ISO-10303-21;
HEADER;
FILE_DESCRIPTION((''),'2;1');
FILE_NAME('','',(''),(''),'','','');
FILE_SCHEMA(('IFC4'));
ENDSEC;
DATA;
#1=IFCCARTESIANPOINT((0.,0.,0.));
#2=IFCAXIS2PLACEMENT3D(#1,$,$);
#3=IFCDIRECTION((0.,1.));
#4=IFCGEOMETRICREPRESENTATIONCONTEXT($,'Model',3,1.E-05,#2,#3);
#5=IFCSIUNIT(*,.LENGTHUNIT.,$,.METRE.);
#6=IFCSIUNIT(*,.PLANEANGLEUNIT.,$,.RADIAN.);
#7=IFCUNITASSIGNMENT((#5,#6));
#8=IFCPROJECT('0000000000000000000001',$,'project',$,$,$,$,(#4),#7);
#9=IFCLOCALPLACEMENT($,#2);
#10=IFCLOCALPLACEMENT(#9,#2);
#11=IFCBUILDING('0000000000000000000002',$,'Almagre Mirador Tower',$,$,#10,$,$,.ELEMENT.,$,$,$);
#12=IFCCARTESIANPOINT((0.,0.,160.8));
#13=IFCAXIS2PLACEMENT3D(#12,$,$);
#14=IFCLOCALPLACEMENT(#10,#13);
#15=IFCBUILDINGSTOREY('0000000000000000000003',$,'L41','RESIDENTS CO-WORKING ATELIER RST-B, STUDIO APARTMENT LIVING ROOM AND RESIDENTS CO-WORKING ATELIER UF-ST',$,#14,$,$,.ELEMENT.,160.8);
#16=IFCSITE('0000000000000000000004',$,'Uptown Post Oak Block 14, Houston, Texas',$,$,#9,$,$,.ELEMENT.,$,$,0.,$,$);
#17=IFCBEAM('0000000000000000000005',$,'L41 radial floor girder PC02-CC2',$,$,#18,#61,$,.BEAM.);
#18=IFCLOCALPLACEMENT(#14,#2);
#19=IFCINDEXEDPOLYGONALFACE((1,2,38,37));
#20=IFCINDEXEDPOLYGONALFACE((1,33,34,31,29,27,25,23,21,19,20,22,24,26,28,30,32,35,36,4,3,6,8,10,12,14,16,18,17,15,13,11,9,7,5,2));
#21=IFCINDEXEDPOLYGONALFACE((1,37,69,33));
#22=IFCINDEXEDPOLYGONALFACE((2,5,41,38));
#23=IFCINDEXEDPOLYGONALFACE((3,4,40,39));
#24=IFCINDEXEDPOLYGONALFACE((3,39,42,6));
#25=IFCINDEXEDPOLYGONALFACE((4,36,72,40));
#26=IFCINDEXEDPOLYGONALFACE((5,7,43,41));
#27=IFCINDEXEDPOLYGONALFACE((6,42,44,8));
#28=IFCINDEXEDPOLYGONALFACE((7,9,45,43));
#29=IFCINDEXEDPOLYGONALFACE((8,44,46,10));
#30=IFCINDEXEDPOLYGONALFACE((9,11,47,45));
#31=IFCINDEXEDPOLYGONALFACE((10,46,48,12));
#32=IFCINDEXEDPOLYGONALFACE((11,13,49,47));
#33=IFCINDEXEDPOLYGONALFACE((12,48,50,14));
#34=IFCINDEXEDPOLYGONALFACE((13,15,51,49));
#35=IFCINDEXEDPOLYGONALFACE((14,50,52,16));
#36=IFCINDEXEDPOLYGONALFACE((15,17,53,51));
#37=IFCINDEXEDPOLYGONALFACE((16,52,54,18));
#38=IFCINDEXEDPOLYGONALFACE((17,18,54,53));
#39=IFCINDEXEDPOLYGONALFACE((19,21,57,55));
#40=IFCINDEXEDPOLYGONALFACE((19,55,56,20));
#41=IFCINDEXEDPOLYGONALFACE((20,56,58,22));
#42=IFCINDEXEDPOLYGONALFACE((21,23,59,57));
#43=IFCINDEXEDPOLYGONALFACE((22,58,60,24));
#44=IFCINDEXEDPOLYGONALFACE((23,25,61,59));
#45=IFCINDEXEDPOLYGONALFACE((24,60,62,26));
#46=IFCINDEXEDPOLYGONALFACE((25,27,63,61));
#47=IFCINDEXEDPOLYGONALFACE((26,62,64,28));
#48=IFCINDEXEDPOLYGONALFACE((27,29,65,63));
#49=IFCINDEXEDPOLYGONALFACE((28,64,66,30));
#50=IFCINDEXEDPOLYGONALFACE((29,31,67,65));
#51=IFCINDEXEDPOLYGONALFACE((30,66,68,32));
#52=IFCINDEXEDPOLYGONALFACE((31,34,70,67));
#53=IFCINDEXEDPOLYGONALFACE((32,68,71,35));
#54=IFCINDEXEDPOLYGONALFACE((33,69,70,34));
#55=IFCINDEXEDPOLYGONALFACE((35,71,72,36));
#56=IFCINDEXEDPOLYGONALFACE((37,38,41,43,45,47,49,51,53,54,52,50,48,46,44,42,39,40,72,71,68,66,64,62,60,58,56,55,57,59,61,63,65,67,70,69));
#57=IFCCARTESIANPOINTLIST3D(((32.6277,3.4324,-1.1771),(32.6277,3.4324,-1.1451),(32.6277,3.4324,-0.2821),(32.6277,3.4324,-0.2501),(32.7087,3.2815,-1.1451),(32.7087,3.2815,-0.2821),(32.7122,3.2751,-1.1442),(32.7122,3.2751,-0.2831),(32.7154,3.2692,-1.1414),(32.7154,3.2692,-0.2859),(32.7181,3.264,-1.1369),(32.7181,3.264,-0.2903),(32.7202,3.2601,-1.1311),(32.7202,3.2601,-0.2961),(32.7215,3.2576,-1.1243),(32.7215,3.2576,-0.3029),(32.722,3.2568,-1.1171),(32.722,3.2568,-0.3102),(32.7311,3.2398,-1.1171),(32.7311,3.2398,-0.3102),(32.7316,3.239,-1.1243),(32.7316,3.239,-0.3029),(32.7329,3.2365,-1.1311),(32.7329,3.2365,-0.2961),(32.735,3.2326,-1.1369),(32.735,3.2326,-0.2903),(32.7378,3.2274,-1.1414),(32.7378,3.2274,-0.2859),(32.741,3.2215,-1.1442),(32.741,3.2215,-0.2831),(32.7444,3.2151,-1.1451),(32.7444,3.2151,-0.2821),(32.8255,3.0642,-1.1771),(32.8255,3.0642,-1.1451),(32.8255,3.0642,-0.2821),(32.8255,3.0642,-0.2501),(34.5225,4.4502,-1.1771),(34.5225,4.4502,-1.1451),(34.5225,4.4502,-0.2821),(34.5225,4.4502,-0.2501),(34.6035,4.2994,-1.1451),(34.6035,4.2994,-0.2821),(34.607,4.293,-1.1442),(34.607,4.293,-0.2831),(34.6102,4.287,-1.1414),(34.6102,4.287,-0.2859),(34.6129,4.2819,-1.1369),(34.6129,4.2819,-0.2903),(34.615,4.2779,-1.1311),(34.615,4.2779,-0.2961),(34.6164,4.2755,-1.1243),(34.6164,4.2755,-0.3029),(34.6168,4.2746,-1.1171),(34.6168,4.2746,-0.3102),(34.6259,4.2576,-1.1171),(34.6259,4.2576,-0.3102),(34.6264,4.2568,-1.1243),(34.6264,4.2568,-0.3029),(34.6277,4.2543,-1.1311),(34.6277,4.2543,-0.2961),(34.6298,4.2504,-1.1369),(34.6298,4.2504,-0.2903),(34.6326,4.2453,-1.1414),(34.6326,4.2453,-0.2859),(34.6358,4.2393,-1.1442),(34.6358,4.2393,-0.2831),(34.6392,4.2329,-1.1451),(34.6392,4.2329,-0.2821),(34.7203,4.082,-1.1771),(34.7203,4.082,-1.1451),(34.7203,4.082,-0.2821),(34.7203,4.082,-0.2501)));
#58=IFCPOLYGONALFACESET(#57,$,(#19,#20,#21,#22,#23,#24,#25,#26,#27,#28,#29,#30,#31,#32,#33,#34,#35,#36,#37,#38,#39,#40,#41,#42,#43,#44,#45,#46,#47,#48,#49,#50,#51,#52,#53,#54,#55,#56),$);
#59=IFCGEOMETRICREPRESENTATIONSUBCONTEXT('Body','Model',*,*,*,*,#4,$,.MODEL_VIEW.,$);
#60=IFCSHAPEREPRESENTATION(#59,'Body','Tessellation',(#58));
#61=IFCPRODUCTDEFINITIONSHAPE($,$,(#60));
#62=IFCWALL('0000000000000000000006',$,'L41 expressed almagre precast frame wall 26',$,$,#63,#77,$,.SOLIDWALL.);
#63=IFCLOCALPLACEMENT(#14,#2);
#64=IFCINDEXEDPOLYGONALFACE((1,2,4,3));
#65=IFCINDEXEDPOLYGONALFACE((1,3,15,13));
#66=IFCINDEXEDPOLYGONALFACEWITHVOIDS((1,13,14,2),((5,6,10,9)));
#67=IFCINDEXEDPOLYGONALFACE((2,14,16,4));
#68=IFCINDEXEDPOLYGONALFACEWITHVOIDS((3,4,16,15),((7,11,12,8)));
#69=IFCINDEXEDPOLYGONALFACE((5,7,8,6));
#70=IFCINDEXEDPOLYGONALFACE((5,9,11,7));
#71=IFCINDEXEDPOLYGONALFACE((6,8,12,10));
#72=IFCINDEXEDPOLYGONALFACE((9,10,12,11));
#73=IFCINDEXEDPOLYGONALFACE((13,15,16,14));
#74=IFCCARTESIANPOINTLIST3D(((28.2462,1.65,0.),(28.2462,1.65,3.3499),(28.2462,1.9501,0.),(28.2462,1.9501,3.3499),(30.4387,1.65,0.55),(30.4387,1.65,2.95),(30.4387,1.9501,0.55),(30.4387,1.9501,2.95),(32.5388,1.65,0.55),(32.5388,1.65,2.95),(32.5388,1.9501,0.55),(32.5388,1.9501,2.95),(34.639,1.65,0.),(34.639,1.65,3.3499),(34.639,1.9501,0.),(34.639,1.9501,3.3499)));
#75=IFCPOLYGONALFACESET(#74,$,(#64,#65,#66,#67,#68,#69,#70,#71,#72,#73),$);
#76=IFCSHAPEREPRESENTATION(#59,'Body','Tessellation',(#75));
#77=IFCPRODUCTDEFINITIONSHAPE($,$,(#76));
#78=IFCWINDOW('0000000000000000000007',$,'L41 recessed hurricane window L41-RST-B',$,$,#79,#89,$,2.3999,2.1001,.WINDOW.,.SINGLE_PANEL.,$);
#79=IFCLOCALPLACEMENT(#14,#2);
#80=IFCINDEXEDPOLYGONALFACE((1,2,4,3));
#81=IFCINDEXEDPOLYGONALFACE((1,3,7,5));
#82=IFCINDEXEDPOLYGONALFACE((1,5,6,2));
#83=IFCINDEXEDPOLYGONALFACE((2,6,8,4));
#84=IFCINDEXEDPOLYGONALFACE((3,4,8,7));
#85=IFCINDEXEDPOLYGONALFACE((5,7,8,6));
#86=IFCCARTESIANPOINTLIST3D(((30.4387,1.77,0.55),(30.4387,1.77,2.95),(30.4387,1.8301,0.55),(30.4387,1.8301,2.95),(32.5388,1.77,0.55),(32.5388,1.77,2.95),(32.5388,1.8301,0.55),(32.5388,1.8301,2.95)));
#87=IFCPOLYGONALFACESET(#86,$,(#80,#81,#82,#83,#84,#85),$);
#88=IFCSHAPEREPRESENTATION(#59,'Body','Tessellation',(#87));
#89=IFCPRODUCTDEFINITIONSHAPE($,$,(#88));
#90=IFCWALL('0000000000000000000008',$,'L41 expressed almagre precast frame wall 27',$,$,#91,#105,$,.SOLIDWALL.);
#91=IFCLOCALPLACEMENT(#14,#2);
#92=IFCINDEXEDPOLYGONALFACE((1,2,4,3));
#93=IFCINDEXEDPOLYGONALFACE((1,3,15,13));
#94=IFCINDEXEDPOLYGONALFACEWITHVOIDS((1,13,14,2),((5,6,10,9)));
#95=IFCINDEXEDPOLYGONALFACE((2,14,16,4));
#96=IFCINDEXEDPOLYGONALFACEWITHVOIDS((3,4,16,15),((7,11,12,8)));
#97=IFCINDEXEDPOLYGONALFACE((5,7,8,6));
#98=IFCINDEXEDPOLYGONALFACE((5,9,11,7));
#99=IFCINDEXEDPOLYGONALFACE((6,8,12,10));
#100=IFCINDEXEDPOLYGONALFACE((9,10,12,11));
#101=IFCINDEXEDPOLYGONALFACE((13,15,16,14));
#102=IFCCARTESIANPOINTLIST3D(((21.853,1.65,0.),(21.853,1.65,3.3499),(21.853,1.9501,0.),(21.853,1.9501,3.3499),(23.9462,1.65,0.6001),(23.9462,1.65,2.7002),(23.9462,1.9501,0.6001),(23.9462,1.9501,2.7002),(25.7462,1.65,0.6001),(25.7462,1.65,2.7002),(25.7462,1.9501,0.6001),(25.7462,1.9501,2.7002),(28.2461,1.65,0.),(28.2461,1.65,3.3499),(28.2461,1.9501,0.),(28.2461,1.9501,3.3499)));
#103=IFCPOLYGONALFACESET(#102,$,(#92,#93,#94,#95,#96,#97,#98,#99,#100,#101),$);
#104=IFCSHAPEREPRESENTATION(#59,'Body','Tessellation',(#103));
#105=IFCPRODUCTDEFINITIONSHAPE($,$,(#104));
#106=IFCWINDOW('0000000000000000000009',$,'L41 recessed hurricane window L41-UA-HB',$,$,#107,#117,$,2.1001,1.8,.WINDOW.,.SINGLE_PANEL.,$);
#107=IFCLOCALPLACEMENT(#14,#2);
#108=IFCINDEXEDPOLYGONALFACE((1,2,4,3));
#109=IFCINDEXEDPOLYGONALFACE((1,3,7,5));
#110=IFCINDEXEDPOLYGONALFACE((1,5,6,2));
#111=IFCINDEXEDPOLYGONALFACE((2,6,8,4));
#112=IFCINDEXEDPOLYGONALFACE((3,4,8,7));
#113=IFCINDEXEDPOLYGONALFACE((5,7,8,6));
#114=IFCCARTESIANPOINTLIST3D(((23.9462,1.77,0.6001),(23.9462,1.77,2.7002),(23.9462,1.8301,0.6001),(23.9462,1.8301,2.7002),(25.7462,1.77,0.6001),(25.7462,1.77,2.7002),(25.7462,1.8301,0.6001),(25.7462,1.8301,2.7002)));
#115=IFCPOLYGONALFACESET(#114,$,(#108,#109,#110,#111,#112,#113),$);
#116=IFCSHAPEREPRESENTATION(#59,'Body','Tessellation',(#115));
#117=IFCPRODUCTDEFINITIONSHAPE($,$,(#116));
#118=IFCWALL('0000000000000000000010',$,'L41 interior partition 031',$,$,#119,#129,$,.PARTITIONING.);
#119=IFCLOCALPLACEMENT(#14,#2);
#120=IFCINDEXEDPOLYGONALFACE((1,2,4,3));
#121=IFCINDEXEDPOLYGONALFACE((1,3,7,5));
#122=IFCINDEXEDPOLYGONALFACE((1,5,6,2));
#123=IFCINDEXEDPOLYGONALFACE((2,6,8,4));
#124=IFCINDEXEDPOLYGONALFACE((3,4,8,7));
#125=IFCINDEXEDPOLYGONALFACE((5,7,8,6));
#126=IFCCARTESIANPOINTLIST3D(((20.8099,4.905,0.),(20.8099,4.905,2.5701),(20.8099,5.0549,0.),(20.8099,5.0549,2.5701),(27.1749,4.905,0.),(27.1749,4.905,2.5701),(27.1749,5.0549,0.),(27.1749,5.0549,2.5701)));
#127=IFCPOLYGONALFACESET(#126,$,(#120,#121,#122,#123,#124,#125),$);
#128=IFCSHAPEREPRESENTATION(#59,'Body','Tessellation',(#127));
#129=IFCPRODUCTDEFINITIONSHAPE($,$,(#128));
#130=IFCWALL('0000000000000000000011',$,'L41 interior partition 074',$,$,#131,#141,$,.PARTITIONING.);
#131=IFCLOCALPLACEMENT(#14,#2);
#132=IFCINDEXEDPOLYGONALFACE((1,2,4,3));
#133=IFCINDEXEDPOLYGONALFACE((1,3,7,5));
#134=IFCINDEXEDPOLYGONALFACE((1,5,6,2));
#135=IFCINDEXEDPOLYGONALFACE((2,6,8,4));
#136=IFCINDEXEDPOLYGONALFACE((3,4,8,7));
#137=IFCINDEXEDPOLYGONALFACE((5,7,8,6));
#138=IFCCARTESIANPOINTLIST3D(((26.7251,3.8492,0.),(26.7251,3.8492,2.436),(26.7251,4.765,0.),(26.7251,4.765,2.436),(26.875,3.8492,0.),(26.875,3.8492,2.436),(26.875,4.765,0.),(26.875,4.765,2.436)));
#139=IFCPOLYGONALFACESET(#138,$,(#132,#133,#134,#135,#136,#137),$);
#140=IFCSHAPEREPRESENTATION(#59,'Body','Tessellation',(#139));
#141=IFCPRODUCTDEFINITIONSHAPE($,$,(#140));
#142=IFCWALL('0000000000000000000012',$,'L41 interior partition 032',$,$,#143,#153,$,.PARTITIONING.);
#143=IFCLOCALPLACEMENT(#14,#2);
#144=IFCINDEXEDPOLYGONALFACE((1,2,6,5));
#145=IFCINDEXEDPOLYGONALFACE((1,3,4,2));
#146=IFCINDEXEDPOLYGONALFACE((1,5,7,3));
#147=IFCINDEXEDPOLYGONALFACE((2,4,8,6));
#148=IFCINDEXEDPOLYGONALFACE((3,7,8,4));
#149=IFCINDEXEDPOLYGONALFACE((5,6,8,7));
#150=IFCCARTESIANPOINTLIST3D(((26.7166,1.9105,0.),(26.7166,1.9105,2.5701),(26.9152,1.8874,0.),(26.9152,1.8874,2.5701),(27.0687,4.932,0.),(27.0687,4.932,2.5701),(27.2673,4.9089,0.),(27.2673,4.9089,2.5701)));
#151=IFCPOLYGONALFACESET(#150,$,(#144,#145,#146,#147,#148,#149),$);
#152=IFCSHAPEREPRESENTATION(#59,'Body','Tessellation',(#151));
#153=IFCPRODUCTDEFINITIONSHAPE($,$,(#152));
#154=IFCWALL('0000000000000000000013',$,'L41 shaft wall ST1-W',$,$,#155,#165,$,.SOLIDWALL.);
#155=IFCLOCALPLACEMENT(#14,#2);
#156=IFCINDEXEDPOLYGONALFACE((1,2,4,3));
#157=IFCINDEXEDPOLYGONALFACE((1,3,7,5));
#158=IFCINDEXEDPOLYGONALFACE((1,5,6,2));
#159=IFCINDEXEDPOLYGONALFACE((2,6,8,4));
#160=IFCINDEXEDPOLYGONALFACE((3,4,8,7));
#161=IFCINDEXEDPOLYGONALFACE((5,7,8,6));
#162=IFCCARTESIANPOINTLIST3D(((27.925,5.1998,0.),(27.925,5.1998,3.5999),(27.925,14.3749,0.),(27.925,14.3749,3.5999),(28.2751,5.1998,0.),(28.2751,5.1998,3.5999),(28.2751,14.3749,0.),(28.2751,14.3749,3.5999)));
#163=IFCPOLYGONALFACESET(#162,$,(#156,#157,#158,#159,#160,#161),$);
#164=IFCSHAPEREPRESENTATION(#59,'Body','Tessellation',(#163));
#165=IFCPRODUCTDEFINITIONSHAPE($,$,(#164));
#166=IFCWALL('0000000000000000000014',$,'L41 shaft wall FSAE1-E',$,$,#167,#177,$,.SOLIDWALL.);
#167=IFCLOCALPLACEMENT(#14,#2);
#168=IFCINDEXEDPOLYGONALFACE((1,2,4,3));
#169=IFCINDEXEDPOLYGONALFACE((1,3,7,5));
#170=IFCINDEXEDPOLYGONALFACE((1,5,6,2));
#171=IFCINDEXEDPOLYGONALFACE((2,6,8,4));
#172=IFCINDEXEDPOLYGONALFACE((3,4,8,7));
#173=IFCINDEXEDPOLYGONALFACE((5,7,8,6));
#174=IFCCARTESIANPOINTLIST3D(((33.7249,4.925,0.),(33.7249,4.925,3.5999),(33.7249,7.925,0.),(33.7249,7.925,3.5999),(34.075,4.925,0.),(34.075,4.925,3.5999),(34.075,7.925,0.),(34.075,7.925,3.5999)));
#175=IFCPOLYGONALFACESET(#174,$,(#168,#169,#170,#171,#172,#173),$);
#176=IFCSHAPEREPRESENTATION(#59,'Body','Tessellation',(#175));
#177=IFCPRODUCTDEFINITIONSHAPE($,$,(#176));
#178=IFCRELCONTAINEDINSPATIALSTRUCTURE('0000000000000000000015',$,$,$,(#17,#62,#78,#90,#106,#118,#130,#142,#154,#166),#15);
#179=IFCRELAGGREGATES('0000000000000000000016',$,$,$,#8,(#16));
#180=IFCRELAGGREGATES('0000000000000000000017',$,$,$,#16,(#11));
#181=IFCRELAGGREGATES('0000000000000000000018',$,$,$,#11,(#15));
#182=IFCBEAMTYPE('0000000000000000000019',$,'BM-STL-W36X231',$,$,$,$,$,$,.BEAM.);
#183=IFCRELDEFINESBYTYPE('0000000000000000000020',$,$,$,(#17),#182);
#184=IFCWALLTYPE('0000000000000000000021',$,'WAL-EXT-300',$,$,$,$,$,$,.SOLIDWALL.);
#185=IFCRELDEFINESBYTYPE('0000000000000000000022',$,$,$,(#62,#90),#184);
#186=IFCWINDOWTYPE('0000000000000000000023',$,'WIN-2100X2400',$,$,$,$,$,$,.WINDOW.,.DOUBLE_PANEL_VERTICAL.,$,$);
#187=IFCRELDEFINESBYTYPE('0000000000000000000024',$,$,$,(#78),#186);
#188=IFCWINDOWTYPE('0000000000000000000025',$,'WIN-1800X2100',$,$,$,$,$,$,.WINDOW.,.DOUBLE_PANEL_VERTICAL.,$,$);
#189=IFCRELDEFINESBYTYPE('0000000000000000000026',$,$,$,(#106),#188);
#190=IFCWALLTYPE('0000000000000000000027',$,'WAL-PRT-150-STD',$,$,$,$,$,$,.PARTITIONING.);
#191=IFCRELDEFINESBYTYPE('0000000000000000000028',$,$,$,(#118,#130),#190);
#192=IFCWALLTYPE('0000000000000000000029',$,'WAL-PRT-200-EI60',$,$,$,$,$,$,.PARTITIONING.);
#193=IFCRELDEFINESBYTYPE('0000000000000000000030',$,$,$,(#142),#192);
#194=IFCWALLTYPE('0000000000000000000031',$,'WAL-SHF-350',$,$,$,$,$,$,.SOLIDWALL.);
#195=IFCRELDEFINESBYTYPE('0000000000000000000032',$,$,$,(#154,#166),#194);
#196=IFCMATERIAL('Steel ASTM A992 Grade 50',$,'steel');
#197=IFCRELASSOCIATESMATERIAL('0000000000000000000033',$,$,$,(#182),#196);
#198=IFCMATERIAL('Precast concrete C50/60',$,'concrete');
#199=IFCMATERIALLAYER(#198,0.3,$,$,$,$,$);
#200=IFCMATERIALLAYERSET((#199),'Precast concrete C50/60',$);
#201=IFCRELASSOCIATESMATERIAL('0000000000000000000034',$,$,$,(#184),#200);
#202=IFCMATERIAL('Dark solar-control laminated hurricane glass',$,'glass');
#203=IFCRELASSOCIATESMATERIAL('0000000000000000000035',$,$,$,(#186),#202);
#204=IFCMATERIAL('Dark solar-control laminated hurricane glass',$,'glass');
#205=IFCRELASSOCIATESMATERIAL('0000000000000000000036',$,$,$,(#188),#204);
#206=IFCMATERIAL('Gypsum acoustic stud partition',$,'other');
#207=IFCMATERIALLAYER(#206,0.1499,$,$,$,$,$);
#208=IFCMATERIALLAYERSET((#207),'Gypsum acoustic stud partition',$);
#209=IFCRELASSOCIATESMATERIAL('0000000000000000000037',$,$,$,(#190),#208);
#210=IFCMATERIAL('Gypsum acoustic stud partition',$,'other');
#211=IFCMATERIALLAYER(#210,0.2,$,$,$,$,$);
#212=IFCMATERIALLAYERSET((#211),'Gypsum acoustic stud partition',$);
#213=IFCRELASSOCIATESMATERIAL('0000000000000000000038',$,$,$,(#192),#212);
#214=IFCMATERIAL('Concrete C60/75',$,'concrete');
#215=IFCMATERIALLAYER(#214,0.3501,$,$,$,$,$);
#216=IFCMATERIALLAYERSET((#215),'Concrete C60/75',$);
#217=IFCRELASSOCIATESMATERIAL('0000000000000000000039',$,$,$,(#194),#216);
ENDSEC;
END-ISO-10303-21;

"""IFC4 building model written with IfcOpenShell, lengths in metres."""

from ifc_helpers import new_model, si_unit, direction, frame, frame_2d, origin, origin_2d, place, context, subcontext, project, spatial, rectangle, i_section, extrude, material, layer, layer_set, material_profile, profile_set, type_object, element, fill, save


model = new_model("IFC4")

# Units and contexts
model_context = context("Model", 3, precision=1e-05, world=origin(), true_north=direction((0.0, 1.0)))
body_context = subcontext(model_context, "Body", "Model", "MODEL_VIEW")
ifc_project = project(units=[si_unit("LENGTHUNIT", "METRE"), si_unit("PLANEANGLEUNIT", "RADIAN")], contexts=[model_context])

# Site, building, storey
site_placement = place(None, origin())
site = spatial("IfcSite", under=ifc_project, at=site_placement, Name="Uptown Post Oak Block 14, Houston, Texas", CompositionType="ELEMENT", RefElevation=0.0)
building_placement = place(site_placement, origin())
building = spatial("IfcBuilding", under=site, at=building_placement, Name="Almagre Mirador Tower", CompositionType="ELEMENT")
storey_placement = place(building_placement, frame((0.0, 0.0, 160.8)))
storey = spatial("IfcBuildingStorey", under=building, at=storey_placement, Name="L41", Description="RESIDENTS CO-WORKING ATELIER RST-B, STUDIO APARTMENT LIVING ROOM AND RESIDENTS CO-WORKING ATELIER UF-ST", CompositionType="ELEMENT", Elevation=160.8)

# Beam
ifc_material_1 = material(Name="Steel ASTM A992 Grade 50", Category="steel")
ifc_material_profile_1 = material_profile(ifc_material_1, i_section(OverallWidth=0.418, OverallDepth=0.927, WebThickness=0.0193, FlangeThickness=0.032, FilletRadius=0.0281, at=origin_2d()), Name="W36X231")
ifc_profile_set_1 = profile_set([ifc_material_profile_1], Name="Steel ASTM A992 Grade 50")
beam_type_1 = type_object("IfcBeamType", Name="BM-STL-W36X231", PredefinedType="BEAM", material=ifc_profile_set_1)
beam_1_placement = place(storey_placement, frame((32.7266, 3.2483, -0.7136), z_axis=(0.880944, 0.47322, 0.0), x_axis=(-0.47322, 0.880944, 0.0)))
element("IfcBeam", 1, at=beam_1_placement, inside=storey, type_object=beam_type_1, Name="L41 radial floor girder PC02-CC2", PredefinedType="BEAM", context=body_context, shape_type="SweptSolid", body=[
    extrude(i_section(OverallWidth=0.418, OverallDepth=0.927, WebThickness=0.0193, FlangeThickness=0.032, FilletRadius=0.0281, at=origin_2d()), origin(), (0.0, 0.0, 1.0), 2.1509),
])

# Walls, openings, windows
ifc_material_2 = material(Name="Precast concrete C50/60", Category="concrete")
ifc_layer_1 = layer(ifc_material_2, 0.3)
ifc_layer_set_1 = layer_set([ifc_layer_1], Name="Precast concrete C50/60")
wall_type_1 = type_object("IfcWallType", Name="WAL-EXT-300", PredefinedType="SOLIDWALL", material=ifc_layer_set_1)
wall_1_placement = place(storey_placement, frame((34.6389, 1.8, 0.0), z_axis=(0.0, 0.0, 1.0), x_axis=(-1.0, 0.0, 0.0)))
wall_1 = element("IfcWall", 2, at=wall_1_placement, inside=storey, type_object=wall_type_1, Name="L41 expressed almagre precast frame wall 26", PredefinedType="SOLIDWALL", context=body_context, shape_type="SweptSolid", body=[
    extrude(rectangle(XDim=6.3928, YDim=0.3, at=frame_2d((3.1963, 0.0))), origin(), (0.0, 0.0, 1.0), 3.3499),
])
opening_1_placement = place(wall_1_placement, frame((2.1001, 0.0, 0.55)))
opening_1 = element("IfcOpeningElement", 3, at=opening_1_placement, cuts=wall_1, PredefinedType="OPENING", context=body_context, shape_type="SweptSolid", body=[
    extrude(rectangle(XDim=2.1001, YDim=2.3999, at=frame_2d((1.05, 1.2))), frame((0.0, 0.1599, 0.0), z_axis=(0.0, -1.0, 0.0), x_axis=(1.0, 0.0, 0.0)), (0.0, 0.0, 1.0), 0.32),
])
ifc_material_3 = material(Name="Dark solar-control laminated hurricane glass", Category="glass")
window_type_1 = type_object("IfcWindowType", Name="WIN-2100X2400", PartitioningType="DOUBLE_PANEL_VERTICAL", PredefinedType="WINDOW", material=ifc_material_3)
window_1_placement = place(opening_1_placement, origin())
window_1 = element("IfcWindow", 4, at=window_1_placement, inside=storey, type_object=window_type_1, Name="L41 recessed hurricane window L41-RST-B", OverallHeight=2.3999, OverallWidth=2.1001, PartitioningType="SINGLE_PANEL", PredefinedType="WINDOW", context=body_context, shape_type="SweptSolid", body=[
    extrude(rectangle(XDim=2.1001, YDim=2.3999, at=frame_2d((1.05, 1.2))), frame((0.0, 0.03, 0.0), z_axis=(0.0, -1.0, 0.0), x_axis=(1.0, 0.0, 0.0)), (0.0, 0.0, 1.0), 0.0601),
])
fill(opening_1, window_1)
wall_2_placement = place(storey_placement, frame((28.2461, 1.8, 0.0), z_axis=(0.0, 0.0, 1.0), x_axis=(-1.0, 0.0, 0.0)))
wall_2 = element("IfcWall", 5, at=wall_2_placement, inside=storey, type_object=wall_type_1, Name="L41 expressed almagre precast frame wall 27", PredefinedType="SOLIDWALL", context=body_context, shape_type="SweptSolid", body=[
    extrude(rectangle(XDim=6.3931, YDim=0.3, at=frame_2d((3.1965, 0.0))), origin(), (0.0, 0.0, 1.0), 3.3499),
])
opening_2_placement = place(wall_2_placement, frame((2.5, 0.0, 0.6001)))
opening_2 = element("IfcOpeningElement", 6, at=opening_2_placement, cuts=wall_2, PredefinedType="OPENING", context=body_context, shape_type="SweptSolid", body=[
    extrude(rectangle(XDim=1.8, YDim=2.1001, at=frame_2d((0.8999, 1.05))), frame((0.0, 0.1599, 0.0), z_axis=(0.0, -1.0, 0.0), x_axis=(1.0, 0.0, 0.0)), (0.0, 0.0, 1.0), 0.32),
])
ifc_material_4 = material(Name="Dark solar-control laminated hurricane glass", Category="glass")
window_type_2 = type_object("IfcWindowType", Name="WIN-1800X2100", PartitioningType="DOUBLE_PANEL_VERTICAL", PredefinedType="WINDOW", material=ifc_material_4)
window_2_placement = place(opening_2_placement, origin())
window_2 = element("IfcWindow", 7, at=window_2_placement, inside=storey, type_object=window_type_2, Name="L41 recessed hurricane window L41-UA-HB", OverallHeight=2.1001, OverallWidth=1.8, PartitioningType="SINGLE_PANEL", PredefinedType="WINDOW", context=body_context, shape_type="SweptSolid", body=[
    extrude(rectangle(XDim=1.8, YDim=2.1001, at=frame_2d((0.8999, 1.05))), frame((0.0, 0.03, 0.0), z_axis=(0.0, -1.0, 0.0), x_axis=(1.0, 0.0, 0.0)), (0.0, 0.0, 1.0), 0.0601),
])
fill(opening_2, window_2)

# Walls
ifc_material_5 = material(Name="Gypsum acoustic stud partition", Category="other")
ifc_layer_2 = layer(ifc_material_5, 0.1499)
ifc_layer_set_2 = layer_set([ifc_layer_2], Name="Gypsum acoustic stud partition")
wall_type_2 = type_object("IfcWallType", Name="WAL-PRT-150-STD", PredefinedType="PARTITIONING", material=ifc_layer_set_2)
wall_3_placement = place(storey_placement, frame((27.175, 4.98, 0.0), z_axis=(0.0, 0.0, 1.0), x_axis=(-1.0, 0.0, 0.0)))
element("IfcWall", 8, at=wall_3_placement, inside=storey, type_object=wall_type_2, Name="L41 interior partition 031", PredefinedType="PARTITIONING", context=body_context, shape_type="SweptSolid", body=[
    extrude(rectangle(XDim=6.365, YDim=0.1499, at=frame_2d((3.1826, 0.0))), origin(), (0.0, 0.0, 1.0), 2.5701),
])
wall_4_placement = place(storey_placement, frame((26.8, 3.8491, 0.0), z_axis=(0.0, 0.0, 1.0), x_axis=(0.0, 1.0, 0.0)))
element("IfcWall", 9, at=wall_4_placement, inside=storey, type_object=wall_type_2, Name="L41 interior partition 074", PredefinedType="PARTITIONING", context=body_context, shape_type="SweptSolid", body=[
    extrude(rectangle(XDim=0.9158, YDim=0.1499, at=frame_2d((0.458, 0.0))), origin(), (0.0, 0.0, 1.0), 2.436),
])
ifc_material_6 = material(Name="Gypsum acoustic stud partition", Category="other")
ifc_layer_3 = layer(ifc_material_6, 0.2)
ifc_layer_set_3 = layer_set([ifc_layer_3], Name="Gypsum acoustic stud partition")
wall_type_3 = type_object("IfcWallType", Name="WAL-PRT-200-EI60", PredefinedType="PARTITIONING", material=ifc_layer_set_3)
wall_5_placement = place(storey_placement, frame((26.8159, 1.8989, 0.0), z_axis=(0.0, 0.0, 1.0), x_axis=(0.115733, 0.99328, 0.0)))
element("IfcWall", 10, at=wall_5_placement, inside=storey, type_object=wall_type_3, Name="L41 interior partition 032", PredefinedType="PARTITIONING", context=body_context, shape_type="SweptSolid", body=[
    extrude(rectangle(XDim=3.042, YDim=0.2, at=frame_2d((1.521, 0.0))), origin(), (0.0, 0.0, 1.0), 2.5701),
])
ifc_material_7 = material(Name="Concrete C60/75", Category="concrete")
ifc_layer_4 = layer(ifc_material_7, 0.3501)
ifc_layer_set_4 = layer_set([ifc_layer_4], Name="Concrete C60/75")
wall_type_4 = type_object("IfcWallType", Name="WAL-SHF-350", PredefinedType="SOLIDWALL", material=ifc_layer_set_4)
wall_6_placement = place(storey_placement, frame((28.1001, 5.2, 0.0), z_axis=(0.0, 0.0, 1.0), x_axis=(0.0, 1.0, 0.0)))
element("IfcWall", 11, at=wall_6_placement, inside=storey, type_object=wall_type_4, Name="L41 shaft wall ST1-W", PredefinedType="SOLIDWALL", context=body_context, shape_type="SweptSolid", body=[
    extrude(rectangle(XDim=9.175, YDim=0.3501, at=frame_2d((4.5874, 0.0))), origin(), (0.0, 0.0, 1.0), 3.5999),
])
wall_7_placement = place(storey_placement, frame((33.8999, 4.925, 0.0), z_axis=(0.0, 0.0, 1.0), x_axis=(0.0, 1.0, 0.0)))
element("IfcWall", 12, at=wall_7_placement, inside=storey, type_object=wall_type_4, Name="L41 shaft wall FSAE1-E", PredefinedType="SOLIDWALL", context=body_context, shape_type="SweptSolid", body=[
    extrude(rectangle(XDim=3.0, YDim=0.3501, at=frame_2d((1.5, 0.0))), origin(), (0.0, 0.0, 1.0), 3.5999),
])

save(model, "model.ifc")
